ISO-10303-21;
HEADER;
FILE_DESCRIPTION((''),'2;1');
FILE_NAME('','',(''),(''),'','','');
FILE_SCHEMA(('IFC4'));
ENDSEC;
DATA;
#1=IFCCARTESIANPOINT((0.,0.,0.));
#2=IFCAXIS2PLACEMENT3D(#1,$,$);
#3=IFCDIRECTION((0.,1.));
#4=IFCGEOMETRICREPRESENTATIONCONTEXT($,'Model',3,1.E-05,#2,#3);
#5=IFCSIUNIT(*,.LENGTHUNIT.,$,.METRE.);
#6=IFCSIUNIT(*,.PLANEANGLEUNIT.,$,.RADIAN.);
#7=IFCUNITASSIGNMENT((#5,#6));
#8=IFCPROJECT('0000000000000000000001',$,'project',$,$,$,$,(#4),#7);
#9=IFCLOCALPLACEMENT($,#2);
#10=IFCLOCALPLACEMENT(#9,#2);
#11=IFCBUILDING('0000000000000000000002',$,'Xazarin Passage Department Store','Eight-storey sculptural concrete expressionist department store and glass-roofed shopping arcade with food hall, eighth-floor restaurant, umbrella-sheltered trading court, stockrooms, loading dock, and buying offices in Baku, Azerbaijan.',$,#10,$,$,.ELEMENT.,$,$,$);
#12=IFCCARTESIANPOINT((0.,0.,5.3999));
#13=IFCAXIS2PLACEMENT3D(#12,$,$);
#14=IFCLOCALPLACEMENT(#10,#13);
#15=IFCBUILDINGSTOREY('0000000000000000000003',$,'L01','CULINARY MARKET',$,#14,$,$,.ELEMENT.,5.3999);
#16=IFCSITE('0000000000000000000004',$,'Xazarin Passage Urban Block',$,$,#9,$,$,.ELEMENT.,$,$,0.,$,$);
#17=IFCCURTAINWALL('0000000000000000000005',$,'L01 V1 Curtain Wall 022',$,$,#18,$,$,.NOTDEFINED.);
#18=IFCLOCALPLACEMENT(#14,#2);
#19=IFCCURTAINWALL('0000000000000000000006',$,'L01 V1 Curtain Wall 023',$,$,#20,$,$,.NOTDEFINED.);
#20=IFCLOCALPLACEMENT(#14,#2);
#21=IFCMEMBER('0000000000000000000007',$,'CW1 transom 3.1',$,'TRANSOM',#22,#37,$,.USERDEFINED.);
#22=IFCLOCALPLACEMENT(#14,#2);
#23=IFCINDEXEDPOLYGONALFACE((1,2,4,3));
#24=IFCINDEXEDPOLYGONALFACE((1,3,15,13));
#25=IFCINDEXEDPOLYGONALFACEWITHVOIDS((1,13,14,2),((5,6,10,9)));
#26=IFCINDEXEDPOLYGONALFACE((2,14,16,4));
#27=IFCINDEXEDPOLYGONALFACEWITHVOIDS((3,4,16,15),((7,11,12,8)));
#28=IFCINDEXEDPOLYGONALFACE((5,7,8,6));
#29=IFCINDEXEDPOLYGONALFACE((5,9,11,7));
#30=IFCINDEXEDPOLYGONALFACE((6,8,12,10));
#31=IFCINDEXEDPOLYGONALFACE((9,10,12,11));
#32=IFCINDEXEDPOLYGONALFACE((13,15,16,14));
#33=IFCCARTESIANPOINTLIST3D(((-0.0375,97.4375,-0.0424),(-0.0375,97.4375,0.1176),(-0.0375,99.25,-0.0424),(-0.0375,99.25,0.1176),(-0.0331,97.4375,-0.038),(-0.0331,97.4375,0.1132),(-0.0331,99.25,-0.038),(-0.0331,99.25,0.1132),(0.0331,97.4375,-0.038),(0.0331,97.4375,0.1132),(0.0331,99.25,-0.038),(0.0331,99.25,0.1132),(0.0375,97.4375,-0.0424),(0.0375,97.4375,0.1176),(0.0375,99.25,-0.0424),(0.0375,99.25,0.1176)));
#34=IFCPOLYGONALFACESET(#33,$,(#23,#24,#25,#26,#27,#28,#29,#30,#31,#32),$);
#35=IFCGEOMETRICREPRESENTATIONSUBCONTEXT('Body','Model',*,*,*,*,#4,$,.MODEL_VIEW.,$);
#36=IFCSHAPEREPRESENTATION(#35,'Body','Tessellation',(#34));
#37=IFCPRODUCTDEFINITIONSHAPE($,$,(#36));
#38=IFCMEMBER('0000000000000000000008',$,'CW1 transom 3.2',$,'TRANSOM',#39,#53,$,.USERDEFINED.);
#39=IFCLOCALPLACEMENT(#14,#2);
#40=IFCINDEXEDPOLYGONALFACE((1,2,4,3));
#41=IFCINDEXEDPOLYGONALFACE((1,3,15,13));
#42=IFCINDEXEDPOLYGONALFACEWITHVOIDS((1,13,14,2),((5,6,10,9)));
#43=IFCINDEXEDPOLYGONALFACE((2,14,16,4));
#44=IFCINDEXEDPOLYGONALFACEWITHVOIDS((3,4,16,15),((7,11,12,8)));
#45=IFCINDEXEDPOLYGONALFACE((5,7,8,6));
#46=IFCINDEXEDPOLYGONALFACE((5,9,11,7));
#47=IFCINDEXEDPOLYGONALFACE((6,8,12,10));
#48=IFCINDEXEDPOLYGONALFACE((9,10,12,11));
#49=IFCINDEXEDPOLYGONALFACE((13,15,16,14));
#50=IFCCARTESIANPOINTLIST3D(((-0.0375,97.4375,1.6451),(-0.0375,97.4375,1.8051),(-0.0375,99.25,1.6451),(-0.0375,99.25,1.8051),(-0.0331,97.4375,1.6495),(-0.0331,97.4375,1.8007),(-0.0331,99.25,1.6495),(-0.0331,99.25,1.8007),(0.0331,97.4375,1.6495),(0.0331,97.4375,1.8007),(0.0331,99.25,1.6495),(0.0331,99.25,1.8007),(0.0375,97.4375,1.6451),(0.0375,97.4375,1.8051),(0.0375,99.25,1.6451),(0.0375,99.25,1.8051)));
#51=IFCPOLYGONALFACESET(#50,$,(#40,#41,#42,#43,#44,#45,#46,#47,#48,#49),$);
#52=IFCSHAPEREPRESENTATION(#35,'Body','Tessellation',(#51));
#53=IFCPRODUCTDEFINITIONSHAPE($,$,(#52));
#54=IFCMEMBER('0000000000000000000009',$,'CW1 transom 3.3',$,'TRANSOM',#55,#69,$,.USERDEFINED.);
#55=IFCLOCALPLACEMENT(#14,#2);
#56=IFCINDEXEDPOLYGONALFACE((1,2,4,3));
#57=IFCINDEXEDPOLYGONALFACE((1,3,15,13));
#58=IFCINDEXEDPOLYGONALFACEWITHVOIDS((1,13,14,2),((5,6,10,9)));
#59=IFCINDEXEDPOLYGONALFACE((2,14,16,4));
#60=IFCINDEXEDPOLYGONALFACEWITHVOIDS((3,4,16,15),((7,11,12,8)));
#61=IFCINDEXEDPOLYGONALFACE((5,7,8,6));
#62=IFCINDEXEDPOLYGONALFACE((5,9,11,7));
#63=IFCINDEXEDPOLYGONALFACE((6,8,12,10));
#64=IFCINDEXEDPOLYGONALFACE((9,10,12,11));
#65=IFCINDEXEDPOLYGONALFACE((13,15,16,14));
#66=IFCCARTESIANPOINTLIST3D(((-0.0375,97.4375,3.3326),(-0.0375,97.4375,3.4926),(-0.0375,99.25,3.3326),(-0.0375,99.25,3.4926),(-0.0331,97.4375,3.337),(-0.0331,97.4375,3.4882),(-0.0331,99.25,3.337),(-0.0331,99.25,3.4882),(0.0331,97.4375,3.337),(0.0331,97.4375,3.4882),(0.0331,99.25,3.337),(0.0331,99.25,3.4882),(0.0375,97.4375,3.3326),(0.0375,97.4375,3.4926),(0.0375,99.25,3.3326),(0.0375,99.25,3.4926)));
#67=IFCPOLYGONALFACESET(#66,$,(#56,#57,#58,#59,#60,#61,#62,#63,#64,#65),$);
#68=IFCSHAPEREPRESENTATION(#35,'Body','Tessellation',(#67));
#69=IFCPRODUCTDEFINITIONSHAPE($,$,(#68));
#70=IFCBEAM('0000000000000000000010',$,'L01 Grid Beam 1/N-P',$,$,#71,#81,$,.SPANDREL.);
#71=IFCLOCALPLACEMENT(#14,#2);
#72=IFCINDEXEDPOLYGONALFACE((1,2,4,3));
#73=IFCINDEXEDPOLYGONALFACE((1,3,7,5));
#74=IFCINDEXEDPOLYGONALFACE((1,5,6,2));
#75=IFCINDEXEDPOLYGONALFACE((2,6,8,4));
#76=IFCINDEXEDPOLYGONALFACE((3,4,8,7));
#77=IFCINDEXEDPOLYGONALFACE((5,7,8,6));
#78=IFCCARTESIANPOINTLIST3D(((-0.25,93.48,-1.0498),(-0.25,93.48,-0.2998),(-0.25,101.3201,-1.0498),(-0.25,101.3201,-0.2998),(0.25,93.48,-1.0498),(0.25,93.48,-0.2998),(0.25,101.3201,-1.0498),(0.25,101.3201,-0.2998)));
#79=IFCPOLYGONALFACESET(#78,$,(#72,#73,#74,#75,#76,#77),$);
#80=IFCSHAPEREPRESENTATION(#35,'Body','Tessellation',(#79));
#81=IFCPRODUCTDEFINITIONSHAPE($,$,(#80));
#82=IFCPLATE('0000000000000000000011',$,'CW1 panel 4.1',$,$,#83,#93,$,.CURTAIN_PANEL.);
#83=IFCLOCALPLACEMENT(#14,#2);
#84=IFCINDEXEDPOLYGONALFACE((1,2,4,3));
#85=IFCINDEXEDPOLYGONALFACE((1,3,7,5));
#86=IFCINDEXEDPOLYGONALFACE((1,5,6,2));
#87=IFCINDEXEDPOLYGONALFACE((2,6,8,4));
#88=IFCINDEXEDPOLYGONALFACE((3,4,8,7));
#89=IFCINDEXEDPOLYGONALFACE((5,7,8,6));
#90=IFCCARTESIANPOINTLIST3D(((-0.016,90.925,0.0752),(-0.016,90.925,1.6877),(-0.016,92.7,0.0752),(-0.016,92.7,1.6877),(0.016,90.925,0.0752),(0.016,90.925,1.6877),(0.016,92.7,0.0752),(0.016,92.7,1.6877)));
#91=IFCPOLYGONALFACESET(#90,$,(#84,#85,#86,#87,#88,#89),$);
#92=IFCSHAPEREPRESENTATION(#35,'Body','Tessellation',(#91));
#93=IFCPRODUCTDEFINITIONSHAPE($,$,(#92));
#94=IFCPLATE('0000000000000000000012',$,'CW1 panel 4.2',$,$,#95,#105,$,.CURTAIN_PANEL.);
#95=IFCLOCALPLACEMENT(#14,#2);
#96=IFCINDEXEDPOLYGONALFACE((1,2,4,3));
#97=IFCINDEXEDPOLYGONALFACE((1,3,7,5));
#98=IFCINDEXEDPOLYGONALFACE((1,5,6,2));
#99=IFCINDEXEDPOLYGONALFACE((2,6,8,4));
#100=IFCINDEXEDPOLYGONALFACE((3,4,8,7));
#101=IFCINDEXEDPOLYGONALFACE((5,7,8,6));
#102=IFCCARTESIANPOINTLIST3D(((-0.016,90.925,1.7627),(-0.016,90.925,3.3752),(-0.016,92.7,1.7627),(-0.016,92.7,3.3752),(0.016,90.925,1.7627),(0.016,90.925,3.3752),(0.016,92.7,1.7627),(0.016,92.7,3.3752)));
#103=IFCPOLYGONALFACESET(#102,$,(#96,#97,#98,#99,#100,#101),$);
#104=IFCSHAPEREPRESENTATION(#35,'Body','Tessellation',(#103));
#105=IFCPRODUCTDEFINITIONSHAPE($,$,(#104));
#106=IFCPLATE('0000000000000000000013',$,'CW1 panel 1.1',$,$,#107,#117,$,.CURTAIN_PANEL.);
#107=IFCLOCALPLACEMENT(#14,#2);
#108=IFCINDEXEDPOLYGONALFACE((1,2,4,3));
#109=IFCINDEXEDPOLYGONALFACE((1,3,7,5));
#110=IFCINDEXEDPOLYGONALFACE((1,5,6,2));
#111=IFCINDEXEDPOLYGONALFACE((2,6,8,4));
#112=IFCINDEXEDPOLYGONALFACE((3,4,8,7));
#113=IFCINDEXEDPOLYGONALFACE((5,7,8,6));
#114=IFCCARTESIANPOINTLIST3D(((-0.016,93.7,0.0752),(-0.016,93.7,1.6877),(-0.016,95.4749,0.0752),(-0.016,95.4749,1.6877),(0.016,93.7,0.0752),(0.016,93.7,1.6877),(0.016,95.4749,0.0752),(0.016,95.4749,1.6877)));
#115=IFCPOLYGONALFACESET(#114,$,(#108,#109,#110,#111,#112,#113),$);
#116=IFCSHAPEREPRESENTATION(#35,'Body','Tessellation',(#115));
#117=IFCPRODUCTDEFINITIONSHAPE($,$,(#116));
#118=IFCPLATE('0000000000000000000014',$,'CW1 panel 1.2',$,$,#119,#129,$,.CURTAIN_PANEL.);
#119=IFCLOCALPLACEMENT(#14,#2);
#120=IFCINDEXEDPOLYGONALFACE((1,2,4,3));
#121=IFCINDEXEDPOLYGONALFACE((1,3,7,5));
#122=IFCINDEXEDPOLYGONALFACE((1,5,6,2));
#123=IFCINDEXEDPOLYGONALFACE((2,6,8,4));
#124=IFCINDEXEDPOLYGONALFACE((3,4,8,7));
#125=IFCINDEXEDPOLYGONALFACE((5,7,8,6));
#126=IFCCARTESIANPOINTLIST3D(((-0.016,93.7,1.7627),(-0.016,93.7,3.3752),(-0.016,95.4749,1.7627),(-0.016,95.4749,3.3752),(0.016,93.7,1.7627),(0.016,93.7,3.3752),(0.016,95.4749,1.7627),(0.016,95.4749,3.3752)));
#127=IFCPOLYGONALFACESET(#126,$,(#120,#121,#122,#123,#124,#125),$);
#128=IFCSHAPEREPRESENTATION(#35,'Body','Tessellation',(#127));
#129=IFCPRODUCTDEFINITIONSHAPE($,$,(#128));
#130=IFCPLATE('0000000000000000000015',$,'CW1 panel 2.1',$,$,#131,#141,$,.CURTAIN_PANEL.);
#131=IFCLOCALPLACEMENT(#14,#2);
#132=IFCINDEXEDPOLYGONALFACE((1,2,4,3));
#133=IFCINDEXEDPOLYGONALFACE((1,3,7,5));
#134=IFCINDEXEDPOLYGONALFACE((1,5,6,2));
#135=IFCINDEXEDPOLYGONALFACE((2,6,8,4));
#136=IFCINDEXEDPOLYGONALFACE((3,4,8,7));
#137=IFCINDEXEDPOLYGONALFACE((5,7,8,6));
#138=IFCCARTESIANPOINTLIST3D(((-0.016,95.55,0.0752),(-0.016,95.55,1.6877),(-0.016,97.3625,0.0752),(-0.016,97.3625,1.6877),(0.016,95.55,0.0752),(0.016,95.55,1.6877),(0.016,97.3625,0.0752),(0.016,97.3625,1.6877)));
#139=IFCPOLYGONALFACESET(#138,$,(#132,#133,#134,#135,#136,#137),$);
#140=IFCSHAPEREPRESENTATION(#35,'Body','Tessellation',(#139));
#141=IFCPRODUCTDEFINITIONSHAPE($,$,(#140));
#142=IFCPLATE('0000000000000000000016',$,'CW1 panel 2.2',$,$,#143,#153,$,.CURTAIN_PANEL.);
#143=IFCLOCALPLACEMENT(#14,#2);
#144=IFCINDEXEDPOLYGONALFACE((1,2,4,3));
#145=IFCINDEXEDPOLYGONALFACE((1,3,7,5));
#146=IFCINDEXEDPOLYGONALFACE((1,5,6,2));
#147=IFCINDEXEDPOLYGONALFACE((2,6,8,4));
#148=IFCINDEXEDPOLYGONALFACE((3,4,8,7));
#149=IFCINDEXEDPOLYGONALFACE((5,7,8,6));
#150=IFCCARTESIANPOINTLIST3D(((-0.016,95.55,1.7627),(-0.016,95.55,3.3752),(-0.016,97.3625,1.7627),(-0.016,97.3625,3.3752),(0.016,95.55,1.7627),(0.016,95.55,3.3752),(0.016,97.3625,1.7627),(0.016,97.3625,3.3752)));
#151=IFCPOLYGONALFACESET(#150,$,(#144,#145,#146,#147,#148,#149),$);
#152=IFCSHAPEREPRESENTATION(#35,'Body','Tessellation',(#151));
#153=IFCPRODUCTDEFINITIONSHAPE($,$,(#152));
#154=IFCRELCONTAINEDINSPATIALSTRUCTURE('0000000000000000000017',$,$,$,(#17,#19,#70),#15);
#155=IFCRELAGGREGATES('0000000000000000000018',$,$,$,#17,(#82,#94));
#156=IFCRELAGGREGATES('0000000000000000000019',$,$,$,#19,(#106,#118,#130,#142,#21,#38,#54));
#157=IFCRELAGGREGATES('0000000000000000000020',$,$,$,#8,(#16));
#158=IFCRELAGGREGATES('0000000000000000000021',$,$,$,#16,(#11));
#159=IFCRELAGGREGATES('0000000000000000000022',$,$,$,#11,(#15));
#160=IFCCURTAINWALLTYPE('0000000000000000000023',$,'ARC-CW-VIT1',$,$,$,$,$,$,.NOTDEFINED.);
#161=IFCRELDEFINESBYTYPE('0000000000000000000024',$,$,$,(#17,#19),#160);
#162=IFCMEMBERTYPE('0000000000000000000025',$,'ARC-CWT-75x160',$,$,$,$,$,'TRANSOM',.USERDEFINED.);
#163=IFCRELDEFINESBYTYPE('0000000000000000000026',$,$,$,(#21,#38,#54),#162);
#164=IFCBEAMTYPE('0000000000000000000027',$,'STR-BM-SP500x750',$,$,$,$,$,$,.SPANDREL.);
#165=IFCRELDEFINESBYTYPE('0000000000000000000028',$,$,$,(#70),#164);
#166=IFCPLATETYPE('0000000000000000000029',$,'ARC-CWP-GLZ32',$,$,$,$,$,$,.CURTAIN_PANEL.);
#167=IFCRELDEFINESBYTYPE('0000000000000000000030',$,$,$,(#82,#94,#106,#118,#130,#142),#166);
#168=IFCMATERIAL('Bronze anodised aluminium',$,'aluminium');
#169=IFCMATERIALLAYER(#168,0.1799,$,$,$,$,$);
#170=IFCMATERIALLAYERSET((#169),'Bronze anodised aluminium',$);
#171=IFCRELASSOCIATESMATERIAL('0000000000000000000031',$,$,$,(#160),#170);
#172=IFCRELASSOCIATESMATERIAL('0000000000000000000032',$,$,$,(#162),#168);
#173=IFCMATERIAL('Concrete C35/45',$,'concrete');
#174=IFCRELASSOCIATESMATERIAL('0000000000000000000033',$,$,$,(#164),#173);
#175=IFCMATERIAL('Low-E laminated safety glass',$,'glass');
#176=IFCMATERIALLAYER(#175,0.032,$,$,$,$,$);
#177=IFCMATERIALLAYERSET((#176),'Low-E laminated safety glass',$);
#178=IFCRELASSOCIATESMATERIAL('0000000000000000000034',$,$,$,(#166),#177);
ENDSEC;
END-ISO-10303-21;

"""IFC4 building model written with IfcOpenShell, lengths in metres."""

from ifc_helpers import new_model, si_unit, direction, frame, origin, origin_2d, place, context, subcontext, project, spatial, rectangle, hollow_rectangle, extrude, material, layer, layer_set, material_profile, profile_set, type_object, element, aggregate, save


model = new_model("IFC4")

# Units and contexts
model_context = context("Model", 3, precision=1e-05, world=origin(), true_north=direction((0.0, 1.0)))
body_context = subcontext(model_context, "Body", "Model", "MODEL_VIEW")
ifc_project = project(units=[si_unit("LENGTHUNIT", "METRE"), si_unit("PLANEANGLEUNIT", "RADIAN")], contexts=[model_context])

# Site, building, storey
site_placement = place(None, origin())
site = spatial("IfcSite", under=ifc_project, at=site_placement, Name="Xazarin Passage Urban Block", CompositionType="ELEMENT", RefElevation=0.0)
building_placement = place(site_placement, origin())
building = spatial("IfcBuilding", under=site, at=building_placement, Name="Xazarin Passage Department Store", Description="Eight-storey sculptural concrete expressionist department store and glass-roofed shopping arcade with food hall, eighth-floor restaurant, umbrella-sheltered trading court, stockrooms, loading dock, and buying offices in Baku, Azerbaijan.", CompositionType="ELEMENT")
storey_placement = place(building_placement, frame((0.0, 0.0, 5.3999)))
storey = spatial("IfcBuildingStorey", under=building, at=storey_placement, Name="L01", Description="CULINARY MARKET", CompositionType="ELEMENT", Elevation=5.3999)

# Curtain wall
ifc_material_1 = material(Name="Bronze anodised aluminium", Category="aluminium")
ifc_layer_1 = layer(ifc_material_1, 0.1799)
ifc_layer_set_1 = layer_set([ifc_layer_1], Name="Bronze anodised aluminium")
curtain_wall_type = type_object("IfcCurtainWallType", Name="ARC-CW-VIT1", PredefinedType="NOTDEFINED", material=ifc_layer_set_1)
curtain_wall_1_placement = place(storey_placement, origin())
curtain_wall_1 = element("IfcCurtainWall", 1, at=curtain_wall_1_placement, inside=storey, type_object=curtain_wall_type, Name="L01 V1 Curtain Wall 022", PredefinedType="NOTDEFINED")

# Curtain wall, members
curtain_wall_2_placement = place(storey_placement, origin())
curtain_wall_2 = element("IfcCurtainWall", 2, at=curtain_wall_2_placement, inside=storey, type_object=curtain_wall_type, Name="L01 V1 Curtain Wall 023", PredefinedType="NOTDEFINED")
ifc_material_profile_1 = material_profile(ifc_material_1, hollow_rectangle(XDim=0.075, YDim=0.1599, WallThickness=0.0044, at=origin_2d()), Name="ALU 75x160")
ifc_profile_set_1 = profile_set([ifc_material_profile_1], Name="Bronze anodised aluminium")
member_type_1 = type_object("IfcMemberType", Name="ARC-CWT-75x160", ElementType="TRANSOM", PredefinedType="USERDEFINED", material=ifc_profile_set_1)
member_1_placement = place(storey_placement, frame((0.0, 97.4375, 0.0376), z_axis=(0.0, 1.0, 0.0), x_axis=(-1.0, 0.0, 0.0)))
member_1 = element("IfcMember", 3, at=member_1_placement, type_object=member_type_1, Name="CW1 transom 3.1", ObjectType="TRANSOM", PredefinedType="USERDEFINED", context=body_context, shape_type="SweptSolid", body=[
    extrude(hollow_rectangle(XDim=0.075, YDim=0.1599, WallThickness=0.0044, at=origin_2d()), origin(), (0.0, 0.0, 1.0), 1.8125),
])
member_2_placement = place(storey_placement, frame((0.0, 97.4375, 1.7251), z_axis=(0.0, 1.0, 0.0), x_axis=(-1.0, 0.0, 0.0)))
member_2 = element("IfcMember", 4, at=member_2_placement, type_object=member_type_1, Name="CW1 transom 3.2", ObjectType="TRANSOM", PredefinedType="USERDEFINED", context=body_context, shape_type="SweptSolid", body=[
    extrude(hollow_rectangle(XDim=0.075, YDim=0.1599, WallThickness=0.0044, at=origin_2d()), origin(), (0.0, 0.0, 1.0), 1.8125),
])
member_3_placement = place(storey_placement, frame((0.0, 97.4375, 3.4126), z_axis=(0.0, 1.0, 0.0), x_axis=(-1.0, 0.0, 0.0)))
member_3 = element("IfcMember", 5, at=member_3_placement, type_object=member_type_1, Name="CW1 transom 3.3", ObjectType="TRANSOM", PredefinedType="USERDEFINED", context=body_context, shape_type="SweptSolid", body=[
    extrude(hollow_rectangle(XDim=0.075, YDim=0.1599, WallThickness=0.0044, at=origin_2d()), origin(), (0.0, 0.0, 1.0), 1.8125),
])

# Beam
ifc_material_2 = material(Name="Concrete C35/45", Category="concrete")
ifc_material_profile_2 = material_profile(ifc_material_2, rectangle(XDim=0.5, YDim=0.75, at=origin_2d()), Name="RC 500x750")
ifc_profile_set_2 = profile_set([ifc_material_profile_2], Name="Concrete C35/45")
beam_type = type_object("IfcBeamType", Name="STR-BM-SP500x750", PredefinedType="SPANDREL", material=ifc_profile_set_2)
beam_placement = place(storey_placement, frame((0.0, 93.48, -0.6748), z_axis=(0.0, 1.0, 0.0), x_axis=(-1.0, 0.0, 0.0)))
element("IfcBeam", 6, at=beam_placement, inside=storey, type_object=beam_type, Name="L01 Grid Beam 1/N-P", PredefinedType="SPANDREL", context=body_context, shape_type="SweptSolid", body=[
    extrude(rectangle(XDim=0.5, YDim=0.75, at=origin_2d()), origin(), (0.0, 0.0, 1.0), 7.8401),
])

# Plates
ifc_material_3 = material(Name="Low-E laminated safety glass", Category="glass")
ifc_layer_2 = layer(ifc_material_3, 0.032)
ifc_layer_set_2 = layer_set([ifc_layer_2], Name="Low-E laminated safety glass")
plate_type = type_object("IfcPlateType", Name="ARC-CWP-GLZ32", PredefinedType="CURTAIN_PANEL", material=ifc_layer_set_2)
plate_1_placement = place(storey_placement, frame((0.0, 91.8125, 0.0752), z_axis=(0.0, 0.0, 1.0), x_axis=(0.0, 1.0, 0.0)))
plate_1 = element("IfcPlate", 7, at=plate_1_placement, type_object=plate_type, Name="CW1 panel 4.1", PredefinedType="CURTAIN_PANEL", context=body_context, shape_type="SweptSolid", body=[
    extrude(rectangle(XDim=1.7749, YDim=0.032, at=origin_2d()), origin(), (0.0, 0.0, 1.0), 1.6125),
])
plate_2_placement = place(storey_placement, frame((0.0, 91.8125, 1.7627), z_axis=(0.0, 0.0, 1.0), x_axis=(0.0, 1.0, 0.0)))
plate_2 = element("IfcPlate", 8, at=plate_2_placement, type_object=plate_type, Name="CW1 panel 4.2", PredefinedType="CURTAIN_PANEL", context=body_context, shape_type="SweptSolid", body=[
    extrude(rectangle(XDim=1.7749, YDim=0.032, at=origin_2d()), origin(), (0.0, 0.0, 1.0), 1.6125),
])
aggregate(curtain_wall_1, [plate_1, plate_2])
plate_3_placement = place(storey_placement, frame((0.0, 94.5874, 0.0752), z_axis=(0.0, 0.0, 1.0), x_axis=(0.0, 1.0, 0.0)))
plate_3 = element("IfcPlate", 9, at=plate_3_placement, type_object=plate_type, Name="CW1 panel 1.1", PredefinedType="CURTAIN_PANEL", context=body_context, shape_type="SweptSolid", body=[
    extrude(rectangle(XDim=1.7749, YDim=0.032, at=origin_2d()), origin(), (0.0, 0.0, 1.0), 1.6125),
])
plate_4_placement = place(storey_placement, frame((0.0, 94.5874, 1.7627), z_axis=(0.0, 0.0, 1.0), x_axis=(0.0, 1.0, 0.0)))
plate_4 = element("IfcPlate", 10, at=plate_4_placement, type_object=plate_type, Name="CW1 panel 1.2", PredefinedType="CURTAIN_PANEL", context=body_context, shape_type="SweptSolid", body=[
    extrude(rectangle(XDim=1.7749, YDim=0.032, at=origin_2d()), origin(), (0.0, 0.0, 1.0), 1.6125),
])
plate_5_placement = place(storey_placement, frame((0.0, 96.4563, 0.0752), z_axis=(0.0, 0.0, 1.0), x_axis=(0.0, 1.0, 0.0)))
plate_5 = element("IfcPlate", 11, at=plate_5_placement, type_object=plate_type, Name="CW1 panel 2.1", PredefinedType="CURTAIN_PANEL", context=body_context, shape_type="SweptSolid", body=[
    extrude(rectangle(XDim=1.8125, YDim=0.032, at=origin_2d()), origin(), (0.0, 0.0, 1.0), 1.6125),
])
plate_6_placement = place(storey_placement, frame((0.0, 96.4563, 1.7627), z_axis=(0.0, 0.0, 1.0), x_axis=(0.0, 1.0, 0.0)))
plate_6 = element("IfcPlate", 12, at=plate_6_placement, type_object=plate_type, Name="CW1 panel 2.2", PredefinedType="CURTAIN_PANEL", context=body_context, shape_type="SweptSolid", body=[
    extrude(rectangle(XDim=1.8125, YDim=0.032, at=origin_2d()), origin(), (0.0, 0.0, 1.0), 1.6125),
])
aggregate(curtain_wall_2, [plate_3, plate_4, plate_5, plate_6, member_1, member_2, member_3])

save(model, "model.ifc")
